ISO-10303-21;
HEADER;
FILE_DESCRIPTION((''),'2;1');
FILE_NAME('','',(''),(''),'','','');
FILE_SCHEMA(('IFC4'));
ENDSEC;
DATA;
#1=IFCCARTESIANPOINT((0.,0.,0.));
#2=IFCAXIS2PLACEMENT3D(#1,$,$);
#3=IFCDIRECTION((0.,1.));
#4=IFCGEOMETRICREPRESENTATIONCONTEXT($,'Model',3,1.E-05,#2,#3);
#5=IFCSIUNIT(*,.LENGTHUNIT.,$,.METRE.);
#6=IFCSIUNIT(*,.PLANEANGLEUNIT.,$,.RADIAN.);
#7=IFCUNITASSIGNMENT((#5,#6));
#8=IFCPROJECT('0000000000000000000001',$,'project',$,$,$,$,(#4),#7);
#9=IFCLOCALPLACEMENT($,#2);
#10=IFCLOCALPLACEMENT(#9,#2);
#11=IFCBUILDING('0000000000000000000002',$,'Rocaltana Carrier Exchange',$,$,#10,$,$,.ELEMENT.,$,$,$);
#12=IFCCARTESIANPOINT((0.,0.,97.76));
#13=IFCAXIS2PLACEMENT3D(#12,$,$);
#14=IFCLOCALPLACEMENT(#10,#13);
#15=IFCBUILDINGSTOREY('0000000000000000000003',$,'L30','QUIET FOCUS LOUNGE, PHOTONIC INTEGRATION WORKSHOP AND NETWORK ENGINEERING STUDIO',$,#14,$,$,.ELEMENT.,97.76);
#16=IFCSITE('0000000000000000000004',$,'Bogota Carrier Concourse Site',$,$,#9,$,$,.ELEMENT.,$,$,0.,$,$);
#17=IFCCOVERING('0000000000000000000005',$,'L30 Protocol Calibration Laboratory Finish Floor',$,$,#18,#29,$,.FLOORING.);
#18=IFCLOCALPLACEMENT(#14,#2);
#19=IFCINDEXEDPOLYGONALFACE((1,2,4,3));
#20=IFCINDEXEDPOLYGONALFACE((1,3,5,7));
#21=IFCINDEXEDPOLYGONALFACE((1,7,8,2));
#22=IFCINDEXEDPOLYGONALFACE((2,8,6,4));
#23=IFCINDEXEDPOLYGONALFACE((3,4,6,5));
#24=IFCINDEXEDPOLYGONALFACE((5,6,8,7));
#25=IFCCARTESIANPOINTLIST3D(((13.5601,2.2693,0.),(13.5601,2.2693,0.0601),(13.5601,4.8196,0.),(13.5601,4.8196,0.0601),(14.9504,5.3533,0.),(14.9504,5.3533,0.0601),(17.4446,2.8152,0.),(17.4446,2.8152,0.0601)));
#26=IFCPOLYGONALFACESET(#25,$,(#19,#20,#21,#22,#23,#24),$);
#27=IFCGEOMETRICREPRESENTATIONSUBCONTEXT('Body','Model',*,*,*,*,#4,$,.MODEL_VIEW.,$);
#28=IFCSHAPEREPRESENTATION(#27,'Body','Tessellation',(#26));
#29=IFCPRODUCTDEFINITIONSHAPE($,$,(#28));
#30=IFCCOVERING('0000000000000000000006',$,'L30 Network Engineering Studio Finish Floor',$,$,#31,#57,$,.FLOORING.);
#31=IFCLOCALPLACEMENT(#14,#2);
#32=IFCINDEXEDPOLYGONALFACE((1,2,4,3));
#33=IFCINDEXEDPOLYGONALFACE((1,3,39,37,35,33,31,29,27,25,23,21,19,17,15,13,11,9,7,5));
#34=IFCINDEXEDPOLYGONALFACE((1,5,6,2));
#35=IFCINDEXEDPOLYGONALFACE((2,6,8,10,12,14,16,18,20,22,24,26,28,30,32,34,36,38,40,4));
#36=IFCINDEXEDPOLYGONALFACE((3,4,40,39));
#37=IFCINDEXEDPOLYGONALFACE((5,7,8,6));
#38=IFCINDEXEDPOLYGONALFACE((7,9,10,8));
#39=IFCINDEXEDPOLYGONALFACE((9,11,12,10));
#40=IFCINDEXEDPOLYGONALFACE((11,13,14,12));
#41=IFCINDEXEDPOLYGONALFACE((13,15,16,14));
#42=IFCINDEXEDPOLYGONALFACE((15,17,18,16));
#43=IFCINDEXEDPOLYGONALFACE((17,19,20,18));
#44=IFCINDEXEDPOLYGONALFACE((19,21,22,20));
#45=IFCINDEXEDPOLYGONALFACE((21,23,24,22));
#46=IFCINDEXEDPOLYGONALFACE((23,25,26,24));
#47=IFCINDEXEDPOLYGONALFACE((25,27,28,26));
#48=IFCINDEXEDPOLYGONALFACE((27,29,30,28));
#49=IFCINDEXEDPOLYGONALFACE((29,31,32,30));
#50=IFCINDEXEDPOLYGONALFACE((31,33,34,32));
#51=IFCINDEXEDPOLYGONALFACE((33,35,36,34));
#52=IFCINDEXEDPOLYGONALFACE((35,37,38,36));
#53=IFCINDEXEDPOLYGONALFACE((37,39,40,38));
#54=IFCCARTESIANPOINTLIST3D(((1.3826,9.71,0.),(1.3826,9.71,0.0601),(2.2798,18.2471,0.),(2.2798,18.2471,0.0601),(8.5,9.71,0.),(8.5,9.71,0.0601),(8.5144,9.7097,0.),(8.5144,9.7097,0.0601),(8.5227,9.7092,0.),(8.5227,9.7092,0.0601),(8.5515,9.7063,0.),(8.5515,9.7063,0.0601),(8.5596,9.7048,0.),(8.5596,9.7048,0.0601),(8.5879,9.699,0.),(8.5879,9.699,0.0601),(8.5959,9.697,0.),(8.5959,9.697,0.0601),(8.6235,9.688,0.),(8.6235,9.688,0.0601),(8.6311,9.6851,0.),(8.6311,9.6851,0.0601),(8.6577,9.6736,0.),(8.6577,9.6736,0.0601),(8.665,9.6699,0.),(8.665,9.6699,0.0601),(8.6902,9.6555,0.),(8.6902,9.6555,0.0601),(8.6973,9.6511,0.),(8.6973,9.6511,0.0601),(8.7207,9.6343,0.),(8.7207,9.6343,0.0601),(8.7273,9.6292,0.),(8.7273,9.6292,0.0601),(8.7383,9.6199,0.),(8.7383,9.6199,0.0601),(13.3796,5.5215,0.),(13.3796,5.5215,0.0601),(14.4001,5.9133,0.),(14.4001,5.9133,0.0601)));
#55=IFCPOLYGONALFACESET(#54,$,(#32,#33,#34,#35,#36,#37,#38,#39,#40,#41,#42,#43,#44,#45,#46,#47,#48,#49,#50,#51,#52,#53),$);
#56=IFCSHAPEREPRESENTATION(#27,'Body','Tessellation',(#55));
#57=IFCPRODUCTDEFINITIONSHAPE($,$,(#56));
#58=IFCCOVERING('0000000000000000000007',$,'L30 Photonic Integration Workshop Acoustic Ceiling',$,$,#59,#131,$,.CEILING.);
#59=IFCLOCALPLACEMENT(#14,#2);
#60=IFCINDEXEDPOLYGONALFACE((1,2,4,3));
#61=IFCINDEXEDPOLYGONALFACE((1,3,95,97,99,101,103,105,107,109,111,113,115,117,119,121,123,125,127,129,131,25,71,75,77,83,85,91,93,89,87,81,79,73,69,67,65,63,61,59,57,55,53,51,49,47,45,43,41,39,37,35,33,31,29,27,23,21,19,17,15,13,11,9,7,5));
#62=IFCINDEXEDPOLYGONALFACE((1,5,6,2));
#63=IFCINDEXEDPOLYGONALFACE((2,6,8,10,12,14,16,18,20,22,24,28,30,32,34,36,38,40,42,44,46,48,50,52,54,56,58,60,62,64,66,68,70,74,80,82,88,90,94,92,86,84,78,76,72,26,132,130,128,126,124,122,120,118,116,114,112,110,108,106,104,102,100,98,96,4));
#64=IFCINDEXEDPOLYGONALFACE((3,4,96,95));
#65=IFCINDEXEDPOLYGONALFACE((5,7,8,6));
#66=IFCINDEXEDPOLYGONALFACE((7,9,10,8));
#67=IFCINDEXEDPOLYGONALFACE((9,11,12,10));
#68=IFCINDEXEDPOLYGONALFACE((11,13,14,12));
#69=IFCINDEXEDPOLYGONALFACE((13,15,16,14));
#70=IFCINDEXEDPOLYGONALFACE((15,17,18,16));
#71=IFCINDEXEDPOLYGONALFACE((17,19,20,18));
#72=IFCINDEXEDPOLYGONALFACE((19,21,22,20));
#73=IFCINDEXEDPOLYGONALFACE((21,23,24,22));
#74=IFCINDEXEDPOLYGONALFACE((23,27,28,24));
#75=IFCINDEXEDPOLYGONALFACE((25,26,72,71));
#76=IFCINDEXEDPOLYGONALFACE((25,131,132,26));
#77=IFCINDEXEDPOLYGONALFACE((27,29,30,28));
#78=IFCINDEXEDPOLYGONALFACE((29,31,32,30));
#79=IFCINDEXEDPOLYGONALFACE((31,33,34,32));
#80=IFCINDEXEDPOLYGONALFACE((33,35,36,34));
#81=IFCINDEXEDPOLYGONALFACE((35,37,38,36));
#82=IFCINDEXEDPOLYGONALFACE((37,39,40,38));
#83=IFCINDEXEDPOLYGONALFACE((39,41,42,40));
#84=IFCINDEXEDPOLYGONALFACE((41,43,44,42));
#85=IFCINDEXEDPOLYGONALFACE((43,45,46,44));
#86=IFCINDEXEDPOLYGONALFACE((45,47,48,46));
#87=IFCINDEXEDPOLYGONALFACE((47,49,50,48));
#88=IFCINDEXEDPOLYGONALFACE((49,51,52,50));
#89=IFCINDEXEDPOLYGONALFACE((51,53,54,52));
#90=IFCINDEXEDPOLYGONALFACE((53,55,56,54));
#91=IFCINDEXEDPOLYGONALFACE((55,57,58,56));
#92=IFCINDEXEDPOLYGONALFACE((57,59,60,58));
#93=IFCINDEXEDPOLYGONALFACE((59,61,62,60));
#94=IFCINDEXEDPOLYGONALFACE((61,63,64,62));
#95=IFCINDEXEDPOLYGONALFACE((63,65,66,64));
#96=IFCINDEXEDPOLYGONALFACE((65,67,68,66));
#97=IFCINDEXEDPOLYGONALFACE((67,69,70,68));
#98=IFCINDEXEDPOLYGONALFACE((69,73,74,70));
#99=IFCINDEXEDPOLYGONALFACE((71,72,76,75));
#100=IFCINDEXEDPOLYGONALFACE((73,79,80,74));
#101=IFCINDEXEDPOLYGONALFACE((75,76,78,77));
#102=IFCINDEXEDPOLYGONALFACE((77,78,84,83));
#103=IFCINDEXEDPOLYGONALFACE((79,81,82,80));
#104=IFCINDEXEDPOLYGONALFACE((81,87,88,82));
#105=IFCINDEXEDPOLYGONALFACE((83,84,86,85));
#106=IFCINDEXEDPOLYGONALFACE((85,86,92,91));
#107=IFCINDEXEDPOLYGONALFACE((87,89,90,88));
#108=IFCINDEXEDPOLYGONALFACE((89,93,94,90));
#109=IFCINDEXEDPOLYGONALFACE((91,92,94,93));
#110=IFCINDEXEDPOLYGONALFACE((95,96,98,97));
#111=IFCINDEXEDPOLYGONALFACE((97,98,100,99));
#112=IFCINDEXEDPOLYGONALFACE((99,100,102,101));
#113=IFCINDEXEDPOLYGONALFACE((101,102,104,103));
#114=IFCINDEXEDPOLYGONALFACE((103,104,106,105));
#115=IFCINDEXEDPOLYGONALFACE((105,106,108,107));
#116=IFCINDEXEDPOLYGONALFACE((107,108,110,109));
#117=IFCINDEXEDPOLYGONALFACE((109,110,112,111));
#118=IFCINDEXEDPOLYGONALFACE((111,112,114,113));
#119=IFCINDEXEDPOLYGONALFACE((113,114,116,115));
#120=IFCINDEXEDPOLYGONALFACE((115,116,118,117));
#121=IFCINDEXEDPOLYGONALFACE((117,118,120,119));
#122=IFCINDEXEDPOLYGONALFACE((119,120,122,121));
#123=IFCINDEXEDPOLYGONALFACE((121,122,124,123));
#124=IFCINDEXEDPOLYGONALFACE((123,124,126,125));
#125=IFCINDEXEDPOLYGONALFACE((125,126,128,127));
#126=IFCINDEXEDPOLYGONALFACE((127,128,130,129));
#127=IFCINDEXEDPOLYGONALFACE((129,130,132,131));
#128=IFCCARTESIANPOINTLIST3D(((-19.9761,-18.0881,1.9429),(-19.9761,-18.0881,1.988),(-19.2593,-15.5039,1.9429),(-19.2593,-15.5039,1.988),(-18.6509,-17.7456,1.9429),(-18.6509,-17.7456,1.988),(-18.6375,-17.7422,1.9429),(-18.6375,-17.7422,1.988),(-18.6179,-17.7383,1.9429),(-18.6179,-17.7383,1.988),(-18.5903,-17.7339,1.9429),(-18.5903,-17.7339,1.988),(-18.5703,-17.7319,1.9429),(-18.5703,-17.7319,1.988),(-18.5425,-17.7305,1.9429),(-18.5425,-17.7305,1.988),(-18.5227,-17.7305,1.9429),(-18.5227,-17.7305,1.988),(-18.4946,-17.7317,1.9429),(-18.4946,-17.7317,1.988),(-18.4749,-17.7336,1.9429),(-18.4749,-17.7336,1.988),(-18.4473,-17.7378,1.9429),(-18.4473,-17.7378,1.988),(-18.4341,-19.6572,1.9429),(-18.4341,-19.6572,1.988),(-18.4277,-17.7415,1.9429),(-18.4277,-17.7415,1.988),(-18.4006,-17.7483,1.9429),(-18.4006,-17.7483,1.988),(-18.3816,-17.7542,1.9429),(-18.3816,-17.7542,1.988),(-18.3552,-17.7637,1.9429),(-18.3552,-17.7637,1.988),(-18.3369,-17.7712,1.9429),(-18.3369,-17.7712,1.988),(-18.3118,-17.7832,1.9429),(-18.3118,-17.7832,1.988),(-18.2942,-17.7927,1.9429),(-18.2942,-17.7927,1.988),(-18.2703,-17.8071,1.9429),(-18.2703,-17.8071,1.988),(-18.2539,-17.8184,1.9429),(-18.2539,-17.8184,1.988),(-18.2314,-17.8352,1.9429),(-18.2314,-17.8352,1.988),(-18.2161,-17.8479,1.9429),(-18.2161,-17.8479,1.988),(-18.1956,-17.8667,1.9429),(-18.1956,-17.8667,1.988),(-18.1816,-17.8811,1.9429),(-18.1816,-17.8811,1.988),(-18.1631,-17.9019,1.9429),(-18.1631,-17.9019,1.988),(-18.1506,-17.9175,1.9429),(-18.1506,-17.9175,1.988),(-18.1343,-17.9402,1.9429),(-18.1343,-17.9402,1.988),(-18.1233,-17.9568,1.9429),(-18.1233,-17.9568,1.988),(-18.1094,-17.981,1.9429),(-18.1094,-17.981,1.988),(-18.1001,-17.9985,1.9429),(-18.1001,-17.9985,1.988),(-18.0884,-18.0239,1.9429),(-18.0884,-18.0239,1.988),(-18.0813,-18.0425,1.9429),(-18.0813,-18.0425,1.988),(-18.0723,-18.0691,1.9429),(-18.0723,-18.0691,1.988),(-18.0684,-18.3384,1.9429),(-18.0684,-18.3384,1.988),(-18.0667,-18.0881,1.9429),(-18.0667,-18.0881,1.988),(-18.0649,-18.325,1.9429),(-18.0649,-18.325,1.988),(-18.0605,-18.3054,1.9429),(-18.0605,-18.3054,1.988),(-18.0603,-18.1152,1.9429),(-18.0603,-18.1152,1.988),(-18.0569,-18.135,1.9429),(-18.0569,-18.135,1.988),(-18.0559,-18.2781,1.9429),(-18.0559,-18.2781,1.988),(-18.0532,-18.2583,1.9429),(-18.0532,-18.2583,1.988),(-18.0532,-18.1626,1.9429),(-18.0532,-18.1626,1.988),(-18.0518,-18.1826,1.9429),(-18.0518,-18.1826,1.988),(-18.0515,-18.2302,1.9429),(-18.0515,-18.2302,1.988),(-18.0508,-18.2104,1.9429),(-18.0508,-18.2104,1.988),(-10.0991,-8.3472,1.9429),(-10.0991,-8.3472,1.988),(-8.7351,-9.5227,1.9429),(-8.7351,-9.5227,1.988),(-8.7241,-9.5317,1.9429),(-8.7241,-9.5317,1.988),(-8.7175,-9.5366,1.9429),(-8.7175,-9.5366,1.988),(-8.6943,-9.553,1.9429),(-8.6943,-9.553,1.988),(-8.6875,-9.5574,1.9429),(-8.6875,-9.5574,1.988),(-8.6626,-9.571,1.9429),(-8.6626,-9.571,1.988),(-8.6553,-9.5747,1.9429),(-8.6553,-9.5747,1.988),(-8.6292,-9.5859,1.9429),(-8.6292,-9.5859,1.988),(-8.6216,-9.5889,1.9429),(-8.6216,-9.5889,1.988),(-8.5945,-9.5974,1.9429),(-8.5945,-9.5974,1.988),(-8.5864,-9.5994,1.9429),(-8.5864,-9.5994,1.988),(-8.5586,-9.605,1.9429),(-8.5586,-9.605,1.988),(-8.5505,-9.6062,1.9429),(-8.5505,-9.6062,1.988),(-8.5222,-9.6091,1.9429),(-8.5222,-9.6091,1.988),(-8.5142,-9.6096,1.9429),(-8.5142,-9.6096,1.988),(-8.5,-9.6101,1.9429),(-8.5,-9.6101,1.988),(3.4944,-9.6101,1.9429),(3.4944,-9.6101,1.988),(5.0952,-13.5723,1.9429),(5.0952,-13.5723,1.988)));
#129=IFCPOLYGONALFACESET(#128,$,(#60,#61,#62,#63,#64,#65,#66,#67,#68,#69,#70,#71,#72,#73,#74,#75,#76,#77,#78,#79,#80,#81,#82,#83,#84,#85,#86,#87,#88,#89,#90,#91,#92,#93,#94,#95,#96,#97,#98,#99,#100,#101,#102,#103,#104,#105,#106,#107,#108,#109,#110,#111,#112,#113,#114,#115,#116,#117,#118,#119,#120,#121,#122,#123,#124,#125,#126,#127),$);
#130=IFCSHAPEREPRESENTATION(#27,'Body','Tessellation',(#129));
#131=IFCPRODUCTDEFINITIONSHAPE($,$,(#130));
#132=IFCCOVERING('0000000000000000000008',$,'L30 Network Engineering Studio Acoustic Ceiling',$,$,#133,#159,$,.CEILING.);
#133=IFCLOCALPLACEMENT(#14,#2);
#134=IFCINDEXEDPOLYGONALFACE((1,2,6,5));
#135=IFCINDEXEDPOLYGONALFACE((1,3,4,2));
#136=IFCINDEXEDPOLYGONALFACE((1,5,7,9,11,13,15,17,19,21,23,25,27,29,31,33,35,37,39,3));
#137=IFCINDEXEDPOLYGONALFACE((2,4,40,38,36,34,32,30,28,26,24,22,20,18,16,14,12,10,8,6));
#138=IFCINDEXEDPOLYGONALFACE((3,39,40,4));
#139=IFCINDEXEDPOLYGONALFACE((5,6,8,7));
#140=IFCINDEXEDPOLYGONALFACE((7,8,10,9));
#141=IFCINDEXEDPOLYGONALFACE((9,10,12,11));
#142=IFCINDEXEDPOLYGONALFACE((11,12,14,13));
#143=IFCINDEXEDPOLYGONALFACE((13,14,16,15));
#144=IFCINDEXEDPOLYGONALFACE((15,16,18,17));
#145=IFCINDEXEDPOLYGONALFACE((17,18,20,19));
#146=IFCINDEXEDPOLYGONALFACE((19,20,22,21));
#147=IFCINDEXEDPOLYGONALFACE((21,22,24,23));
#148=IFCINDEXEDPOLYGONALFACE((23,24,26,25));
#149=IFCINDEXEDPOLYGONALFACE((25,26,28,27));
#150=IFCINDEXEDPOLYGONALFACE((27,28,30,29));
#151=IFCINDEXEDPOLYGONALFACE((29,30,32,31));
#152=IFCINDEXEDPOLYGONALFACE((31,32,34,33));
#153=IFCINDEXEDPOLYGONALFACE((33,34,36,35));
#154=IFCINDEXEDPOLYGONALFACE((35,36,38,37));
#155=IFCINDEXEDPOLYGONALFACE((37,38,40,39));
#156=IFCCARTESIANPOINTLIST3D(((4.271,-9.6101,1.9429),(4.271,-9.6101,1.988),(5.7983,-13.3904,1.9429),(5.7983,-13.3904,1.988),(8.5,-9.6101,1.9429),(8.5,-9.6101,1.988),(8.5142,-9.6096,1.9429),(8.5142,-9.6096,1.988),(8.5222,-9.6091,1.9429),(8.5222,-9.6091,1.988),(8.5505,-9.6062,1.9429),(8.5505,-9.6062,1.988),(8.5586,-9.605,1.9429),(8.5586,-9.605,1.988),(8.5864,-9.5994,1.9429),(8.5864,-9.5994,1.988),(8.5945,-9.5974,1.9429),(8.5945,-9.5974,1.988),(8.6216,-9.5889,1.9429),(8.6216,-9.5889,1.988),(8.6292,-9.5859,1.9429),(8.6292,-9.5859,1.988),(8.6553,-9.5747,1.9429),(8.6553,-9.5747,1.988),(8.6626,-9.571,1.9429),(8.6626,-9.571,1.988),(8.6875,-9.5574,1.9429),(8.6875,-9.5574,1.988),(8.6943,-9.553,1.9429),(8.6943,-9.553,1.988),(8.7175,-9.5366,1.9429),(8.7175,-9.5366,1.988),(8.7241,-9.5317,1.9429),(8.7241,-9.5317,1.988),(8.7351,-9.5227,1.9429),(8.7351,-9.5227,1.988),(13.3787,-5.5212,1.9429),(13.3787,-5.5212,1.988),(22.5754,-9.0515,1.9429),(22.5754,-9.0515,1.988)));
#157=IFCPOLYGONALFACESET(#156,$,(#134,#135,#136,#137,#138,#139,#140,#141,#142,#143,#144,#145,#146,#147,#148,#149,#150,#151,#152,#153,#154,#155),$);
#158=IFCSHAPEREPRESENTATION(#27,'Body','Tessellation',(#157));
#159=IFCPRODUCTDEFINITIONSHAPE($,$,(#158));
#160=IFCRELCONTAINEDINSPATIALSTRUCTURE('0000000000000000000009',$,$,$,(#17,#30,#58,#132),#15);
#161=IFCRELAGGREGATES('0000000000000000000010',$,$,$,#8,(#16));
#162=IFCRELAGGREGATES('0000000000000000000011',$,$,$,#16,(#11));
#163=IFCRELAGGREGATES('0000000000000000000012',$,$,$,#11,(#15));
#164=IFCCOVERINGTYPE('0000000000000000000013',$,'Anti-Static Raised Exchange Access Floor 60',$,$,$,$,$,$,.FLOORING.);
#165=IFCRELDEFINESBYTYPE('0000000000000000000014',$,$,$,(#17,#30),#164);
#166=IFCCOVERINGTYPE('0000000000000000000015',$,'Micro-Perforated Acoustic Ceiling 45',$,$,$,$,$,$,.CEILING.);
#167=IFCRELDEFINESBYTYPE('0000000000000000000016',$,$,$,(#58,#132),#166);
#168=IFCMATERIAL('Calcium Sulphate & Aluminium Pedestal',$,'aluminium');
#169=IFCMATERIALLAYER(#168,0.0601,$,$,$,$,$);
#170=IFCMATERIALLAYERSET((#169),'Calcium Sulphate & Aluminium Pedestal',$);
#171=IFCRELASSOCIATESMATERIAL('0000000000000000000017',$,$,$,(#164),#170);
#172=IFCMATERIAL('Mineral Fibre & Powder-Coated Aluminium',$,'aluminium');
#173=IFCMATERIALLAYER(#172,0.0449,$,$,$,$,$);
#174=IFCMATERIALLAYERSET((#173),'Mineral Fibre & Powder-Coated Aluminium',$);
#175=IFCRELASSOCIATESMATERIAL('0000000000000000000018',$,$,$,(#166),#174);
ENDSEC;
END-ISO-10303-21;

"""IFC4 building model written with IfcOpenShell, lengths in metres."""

from ifc_helpers import new_model, si_unit, direction, frame, origin, place, context, subcontext, project, spatial, polyline, outline, extrude, material, layer, layer_set, type_object, element, save


model = new_model("IFC4")

# Units and contexts
model_context = context("Model", 3, precision=1e-05, world=origin(), true_north=direction((0.0, 1.0)))
body_context = subcontext(model_context, "Body", "Model", "MODEL_VIEW")
ifc_project = project(units=[si_unit("LENGTHUNIT", "METRE"), si_unit("PLANEANGLEUNIT", "RADIAN")], contexts=[model_context])

# Site, building, storey
site_placement = place(None, origin())
site = spatial("IfcSite", under=ifc_project, at=site_placement, Name="Bogota Carrier Concourse Site", CompositionType="ELEMENT", RefElevation=0.0)
building_placement = place(site_placement, origin())
building = spatial("IfcBuilding", under=site, at=building_placement, Name="Rocaltana Carrier Exchange", CompositionType="ELEMENT")
storey_placement = place(building_placement, frame((0.0, 0.0, 97.76)))
storey = spatial("IfcBuildingStorey", under=building, at=storey_placement, Name="L30", Description="QUIET FOCUS LOUNGE, PHOTONIC INTEGRATION WORKSHOP AND NETWORK ENGINEERING STUDIO", CompositionType="ELEMENT", Elevation=97.76)

# Coverings
ifc_material_1 = material(Name="Calcium Sulphate & Aluminium Pedestal", Category="aluminium")
ifc_layer_1 = layer(ifc_material_1, 0.0601)
ifc_layer_set_1 = layer_set([ifc_layer_1], Name="Calcium Sulphate & Aluminium Pedestal")
covering_type_1 = type_object("IfcCoveringType", Name="Anti-Static Raised Exchange Access Floor 60", PredefinedType="FLOORING", material=ifc_layer_set_1)
covering_1_placement = place(storey_placement, origin())
element("IfcCovering", 1, at=covering_1_placement, inside=storey, type_object=covering_type_1, Name="L30 Protocol Calibration Laboratory Finish Floor", PredefinedType="FLOORING", context=body_context, shape_type="SweptSolid", body=[
    extrude(outline(polyline([(17.4446, 2.8152), (13.5601, 2.2693), (13.5601, 4.8196), (14.9504, 5.3533), (17.4446, 2.8152)])), origin(), (0.0, 0.0, 1.0), 0.0601),
])
covering_2_placement = place(storey_placement, origin())
element("IfcCovering", 2, at=covering_2_placement, inside=storey, type_object=covering_type_1, Name="L30 Network Engineering Studio Finish Floor", PredefinedType="FLOORING", context=body_context, shape_type="SweptSolid", body=[
    extrude(outline(polyline([(13.3796, 5.5215), (8.7383, 9.6199), (8.7273, 9.6292), (8.7207, 9.6343), (8.6973, 9.6511), (8.6902, 9.6555), (8.665, 9.6699), (8.6577, 9.6736), (8.6311, 9.6851), (8.6235, 9.688), (8.5959, 9.697), (8.5879, 9.699), (8.5596, 9.7048), (8.5515, 9.7063), (8.5227, 9.7092), (8.5144, 9.7097), (8.5, 9.71), (1.3826, 9.71), (2.2798, 18.2471), (14.4001, 5.9133), (13.3796, 5.5215)])), origin(), (0.0, 0.0, 1.0), 0.0601),
])
ifc_material_2 = material(Name="Mineral Fibre & Powder-Coated Aluminium", Category="aluminium")
ifc_layer_2 = layer(ifc_material_2, 0.0449)
ifc_layer_set_2 = layer_set([ifc_layer_2], Name="Mineral Fibre & Powder-Coated Aluminium")
covering_type_2 = type_object("IfcCoveringType", Name="Micro-Perforated Acoustic Ceiling 45", PredefinedType="CEILING", material=ifc_layer_set_2)
covering_3_placement = place(storey_placement, frame((0.0, 0.0, 1.9429)))
element("IfcCovering", 3, at=covering_3_placement, inside=storey, type_object=covering_type_2, Name="L30 Photonic Integration Workshop Acoustic Ceiling", PredefinedType="CEILING", context=body_context, shape_type="SweptSolid", body=[
    extrude(outline(polyline([(-18.0684, -18.3384), (-18.0649, -18.325), (-18.0605, -18.3054), (-18.0559, -18.2781), (-18.0532, -18.2583), (-18.0515, -18.2302), (-18.0508, -18.2104), (-18.0518, -18.1826), (-18.0532, -18.1626), (-18.0569, -18.135), (-18.0603, -18.1152), (-18.0667, -18.0881), (-18.0723, -18.0691), (-18.0813, -18.0425), (-18.0884, -18.0239), (-18.1001, -17.9985), (-18.1094, -17.981), (-18.1233, -17.9568), (-18.1343, -17.9402), (-18.1506, -17.9175), (-18.1631, -17.9019), (-18.1816, -17.8811), (-18.1956, -17.8667), (-18.2161, -17.8479), (-18.2314, -17.8352), (-18.2539, -17.8184), (-18.2703, -17.8071), (-18.2942, -17.7927), (-18.3118, -17.7832), (-18.3369, -17.7712), (-18.3552, -17.7637), (-18.3816, -17.7542), (-18.4006, -17.7483), (-18.4277, -17.7415), (-18.4473, -17.7378), (-18.4749, -17.7336), (-18.4946, -17.7317), (-18.5227, -17.7305), (-18.5425, -17.7305), (-18.5703, -17.7319), (-18.5903, -17.7339), (-18.6179, -17.7383), (-18.6375, -17.7422), (-18.6509, -17.7456), (-19.9761, -18.0881), (-19.2593, -15.5039), (-10.0991, -8.3472), (-8.7351, -9.5227), (-8.7241, -9.5317), (-8.7175, -9.5366), (-8.6943, -9.553), (-8.6875, -9.5574), (-8.6626, -9.571), (-8.6553, -9.5747), (-8.6292, -9.5859), (-8.6216, -9.5889), (-8.5945, -9.5974), (-8.5864, -9.5994), (-8.5586, -9.605), (-8.5505, -9.6062), (-8.5222, -9.6091), (-8.5142, -9.6096), (-8.5, -9.6101), (3.4944, -9.6101), (5.0952, -13.5723), (-18.4341, -19.6572), (-18.0684, -18.3384)])), origin(), (0.0, 0.0, 1.0), 0.0452),
])
covering_4_placement = place(storey_placement, frame((0.0, 0.0, 1.9429)))
element("IfcCovering", 4, at=covering_4_placement, inside=storey, type_object=covering_type_2, Name="L30 Network Engineering Studio Acoustic Ceiling", PredefinedType="CEILING", context=body_context, shape_type="SweptSolid", body=[
    extrude(outline(polyline([(5.7983, -13.3904), (4.271, -9.6101), (8.5, -9.6101), (8.5142, -9.6096), (8.5222, -9.6091), (8.5505, -9.6062), (8.5586, -9.605), (8.5864, -9.5994), (8.5945, -9.5974), (8.6216, -9.5889), (8.6292, -9.5859), (8.6553, -9.5747), (8.6626, -9.571), (8.6875, -9.5574), (8.6943, -9.553), (8.7175, -9.5366), (8.7241, -9.5317), (8.7351, -9.5227), (13.3787, -5.5212), (22.5754, -9.0515), (5.7983, -13.3904)])), origin(), (0.0, 0.0, 1.0), 0.0452),
])

save(model, "model.ifc")
